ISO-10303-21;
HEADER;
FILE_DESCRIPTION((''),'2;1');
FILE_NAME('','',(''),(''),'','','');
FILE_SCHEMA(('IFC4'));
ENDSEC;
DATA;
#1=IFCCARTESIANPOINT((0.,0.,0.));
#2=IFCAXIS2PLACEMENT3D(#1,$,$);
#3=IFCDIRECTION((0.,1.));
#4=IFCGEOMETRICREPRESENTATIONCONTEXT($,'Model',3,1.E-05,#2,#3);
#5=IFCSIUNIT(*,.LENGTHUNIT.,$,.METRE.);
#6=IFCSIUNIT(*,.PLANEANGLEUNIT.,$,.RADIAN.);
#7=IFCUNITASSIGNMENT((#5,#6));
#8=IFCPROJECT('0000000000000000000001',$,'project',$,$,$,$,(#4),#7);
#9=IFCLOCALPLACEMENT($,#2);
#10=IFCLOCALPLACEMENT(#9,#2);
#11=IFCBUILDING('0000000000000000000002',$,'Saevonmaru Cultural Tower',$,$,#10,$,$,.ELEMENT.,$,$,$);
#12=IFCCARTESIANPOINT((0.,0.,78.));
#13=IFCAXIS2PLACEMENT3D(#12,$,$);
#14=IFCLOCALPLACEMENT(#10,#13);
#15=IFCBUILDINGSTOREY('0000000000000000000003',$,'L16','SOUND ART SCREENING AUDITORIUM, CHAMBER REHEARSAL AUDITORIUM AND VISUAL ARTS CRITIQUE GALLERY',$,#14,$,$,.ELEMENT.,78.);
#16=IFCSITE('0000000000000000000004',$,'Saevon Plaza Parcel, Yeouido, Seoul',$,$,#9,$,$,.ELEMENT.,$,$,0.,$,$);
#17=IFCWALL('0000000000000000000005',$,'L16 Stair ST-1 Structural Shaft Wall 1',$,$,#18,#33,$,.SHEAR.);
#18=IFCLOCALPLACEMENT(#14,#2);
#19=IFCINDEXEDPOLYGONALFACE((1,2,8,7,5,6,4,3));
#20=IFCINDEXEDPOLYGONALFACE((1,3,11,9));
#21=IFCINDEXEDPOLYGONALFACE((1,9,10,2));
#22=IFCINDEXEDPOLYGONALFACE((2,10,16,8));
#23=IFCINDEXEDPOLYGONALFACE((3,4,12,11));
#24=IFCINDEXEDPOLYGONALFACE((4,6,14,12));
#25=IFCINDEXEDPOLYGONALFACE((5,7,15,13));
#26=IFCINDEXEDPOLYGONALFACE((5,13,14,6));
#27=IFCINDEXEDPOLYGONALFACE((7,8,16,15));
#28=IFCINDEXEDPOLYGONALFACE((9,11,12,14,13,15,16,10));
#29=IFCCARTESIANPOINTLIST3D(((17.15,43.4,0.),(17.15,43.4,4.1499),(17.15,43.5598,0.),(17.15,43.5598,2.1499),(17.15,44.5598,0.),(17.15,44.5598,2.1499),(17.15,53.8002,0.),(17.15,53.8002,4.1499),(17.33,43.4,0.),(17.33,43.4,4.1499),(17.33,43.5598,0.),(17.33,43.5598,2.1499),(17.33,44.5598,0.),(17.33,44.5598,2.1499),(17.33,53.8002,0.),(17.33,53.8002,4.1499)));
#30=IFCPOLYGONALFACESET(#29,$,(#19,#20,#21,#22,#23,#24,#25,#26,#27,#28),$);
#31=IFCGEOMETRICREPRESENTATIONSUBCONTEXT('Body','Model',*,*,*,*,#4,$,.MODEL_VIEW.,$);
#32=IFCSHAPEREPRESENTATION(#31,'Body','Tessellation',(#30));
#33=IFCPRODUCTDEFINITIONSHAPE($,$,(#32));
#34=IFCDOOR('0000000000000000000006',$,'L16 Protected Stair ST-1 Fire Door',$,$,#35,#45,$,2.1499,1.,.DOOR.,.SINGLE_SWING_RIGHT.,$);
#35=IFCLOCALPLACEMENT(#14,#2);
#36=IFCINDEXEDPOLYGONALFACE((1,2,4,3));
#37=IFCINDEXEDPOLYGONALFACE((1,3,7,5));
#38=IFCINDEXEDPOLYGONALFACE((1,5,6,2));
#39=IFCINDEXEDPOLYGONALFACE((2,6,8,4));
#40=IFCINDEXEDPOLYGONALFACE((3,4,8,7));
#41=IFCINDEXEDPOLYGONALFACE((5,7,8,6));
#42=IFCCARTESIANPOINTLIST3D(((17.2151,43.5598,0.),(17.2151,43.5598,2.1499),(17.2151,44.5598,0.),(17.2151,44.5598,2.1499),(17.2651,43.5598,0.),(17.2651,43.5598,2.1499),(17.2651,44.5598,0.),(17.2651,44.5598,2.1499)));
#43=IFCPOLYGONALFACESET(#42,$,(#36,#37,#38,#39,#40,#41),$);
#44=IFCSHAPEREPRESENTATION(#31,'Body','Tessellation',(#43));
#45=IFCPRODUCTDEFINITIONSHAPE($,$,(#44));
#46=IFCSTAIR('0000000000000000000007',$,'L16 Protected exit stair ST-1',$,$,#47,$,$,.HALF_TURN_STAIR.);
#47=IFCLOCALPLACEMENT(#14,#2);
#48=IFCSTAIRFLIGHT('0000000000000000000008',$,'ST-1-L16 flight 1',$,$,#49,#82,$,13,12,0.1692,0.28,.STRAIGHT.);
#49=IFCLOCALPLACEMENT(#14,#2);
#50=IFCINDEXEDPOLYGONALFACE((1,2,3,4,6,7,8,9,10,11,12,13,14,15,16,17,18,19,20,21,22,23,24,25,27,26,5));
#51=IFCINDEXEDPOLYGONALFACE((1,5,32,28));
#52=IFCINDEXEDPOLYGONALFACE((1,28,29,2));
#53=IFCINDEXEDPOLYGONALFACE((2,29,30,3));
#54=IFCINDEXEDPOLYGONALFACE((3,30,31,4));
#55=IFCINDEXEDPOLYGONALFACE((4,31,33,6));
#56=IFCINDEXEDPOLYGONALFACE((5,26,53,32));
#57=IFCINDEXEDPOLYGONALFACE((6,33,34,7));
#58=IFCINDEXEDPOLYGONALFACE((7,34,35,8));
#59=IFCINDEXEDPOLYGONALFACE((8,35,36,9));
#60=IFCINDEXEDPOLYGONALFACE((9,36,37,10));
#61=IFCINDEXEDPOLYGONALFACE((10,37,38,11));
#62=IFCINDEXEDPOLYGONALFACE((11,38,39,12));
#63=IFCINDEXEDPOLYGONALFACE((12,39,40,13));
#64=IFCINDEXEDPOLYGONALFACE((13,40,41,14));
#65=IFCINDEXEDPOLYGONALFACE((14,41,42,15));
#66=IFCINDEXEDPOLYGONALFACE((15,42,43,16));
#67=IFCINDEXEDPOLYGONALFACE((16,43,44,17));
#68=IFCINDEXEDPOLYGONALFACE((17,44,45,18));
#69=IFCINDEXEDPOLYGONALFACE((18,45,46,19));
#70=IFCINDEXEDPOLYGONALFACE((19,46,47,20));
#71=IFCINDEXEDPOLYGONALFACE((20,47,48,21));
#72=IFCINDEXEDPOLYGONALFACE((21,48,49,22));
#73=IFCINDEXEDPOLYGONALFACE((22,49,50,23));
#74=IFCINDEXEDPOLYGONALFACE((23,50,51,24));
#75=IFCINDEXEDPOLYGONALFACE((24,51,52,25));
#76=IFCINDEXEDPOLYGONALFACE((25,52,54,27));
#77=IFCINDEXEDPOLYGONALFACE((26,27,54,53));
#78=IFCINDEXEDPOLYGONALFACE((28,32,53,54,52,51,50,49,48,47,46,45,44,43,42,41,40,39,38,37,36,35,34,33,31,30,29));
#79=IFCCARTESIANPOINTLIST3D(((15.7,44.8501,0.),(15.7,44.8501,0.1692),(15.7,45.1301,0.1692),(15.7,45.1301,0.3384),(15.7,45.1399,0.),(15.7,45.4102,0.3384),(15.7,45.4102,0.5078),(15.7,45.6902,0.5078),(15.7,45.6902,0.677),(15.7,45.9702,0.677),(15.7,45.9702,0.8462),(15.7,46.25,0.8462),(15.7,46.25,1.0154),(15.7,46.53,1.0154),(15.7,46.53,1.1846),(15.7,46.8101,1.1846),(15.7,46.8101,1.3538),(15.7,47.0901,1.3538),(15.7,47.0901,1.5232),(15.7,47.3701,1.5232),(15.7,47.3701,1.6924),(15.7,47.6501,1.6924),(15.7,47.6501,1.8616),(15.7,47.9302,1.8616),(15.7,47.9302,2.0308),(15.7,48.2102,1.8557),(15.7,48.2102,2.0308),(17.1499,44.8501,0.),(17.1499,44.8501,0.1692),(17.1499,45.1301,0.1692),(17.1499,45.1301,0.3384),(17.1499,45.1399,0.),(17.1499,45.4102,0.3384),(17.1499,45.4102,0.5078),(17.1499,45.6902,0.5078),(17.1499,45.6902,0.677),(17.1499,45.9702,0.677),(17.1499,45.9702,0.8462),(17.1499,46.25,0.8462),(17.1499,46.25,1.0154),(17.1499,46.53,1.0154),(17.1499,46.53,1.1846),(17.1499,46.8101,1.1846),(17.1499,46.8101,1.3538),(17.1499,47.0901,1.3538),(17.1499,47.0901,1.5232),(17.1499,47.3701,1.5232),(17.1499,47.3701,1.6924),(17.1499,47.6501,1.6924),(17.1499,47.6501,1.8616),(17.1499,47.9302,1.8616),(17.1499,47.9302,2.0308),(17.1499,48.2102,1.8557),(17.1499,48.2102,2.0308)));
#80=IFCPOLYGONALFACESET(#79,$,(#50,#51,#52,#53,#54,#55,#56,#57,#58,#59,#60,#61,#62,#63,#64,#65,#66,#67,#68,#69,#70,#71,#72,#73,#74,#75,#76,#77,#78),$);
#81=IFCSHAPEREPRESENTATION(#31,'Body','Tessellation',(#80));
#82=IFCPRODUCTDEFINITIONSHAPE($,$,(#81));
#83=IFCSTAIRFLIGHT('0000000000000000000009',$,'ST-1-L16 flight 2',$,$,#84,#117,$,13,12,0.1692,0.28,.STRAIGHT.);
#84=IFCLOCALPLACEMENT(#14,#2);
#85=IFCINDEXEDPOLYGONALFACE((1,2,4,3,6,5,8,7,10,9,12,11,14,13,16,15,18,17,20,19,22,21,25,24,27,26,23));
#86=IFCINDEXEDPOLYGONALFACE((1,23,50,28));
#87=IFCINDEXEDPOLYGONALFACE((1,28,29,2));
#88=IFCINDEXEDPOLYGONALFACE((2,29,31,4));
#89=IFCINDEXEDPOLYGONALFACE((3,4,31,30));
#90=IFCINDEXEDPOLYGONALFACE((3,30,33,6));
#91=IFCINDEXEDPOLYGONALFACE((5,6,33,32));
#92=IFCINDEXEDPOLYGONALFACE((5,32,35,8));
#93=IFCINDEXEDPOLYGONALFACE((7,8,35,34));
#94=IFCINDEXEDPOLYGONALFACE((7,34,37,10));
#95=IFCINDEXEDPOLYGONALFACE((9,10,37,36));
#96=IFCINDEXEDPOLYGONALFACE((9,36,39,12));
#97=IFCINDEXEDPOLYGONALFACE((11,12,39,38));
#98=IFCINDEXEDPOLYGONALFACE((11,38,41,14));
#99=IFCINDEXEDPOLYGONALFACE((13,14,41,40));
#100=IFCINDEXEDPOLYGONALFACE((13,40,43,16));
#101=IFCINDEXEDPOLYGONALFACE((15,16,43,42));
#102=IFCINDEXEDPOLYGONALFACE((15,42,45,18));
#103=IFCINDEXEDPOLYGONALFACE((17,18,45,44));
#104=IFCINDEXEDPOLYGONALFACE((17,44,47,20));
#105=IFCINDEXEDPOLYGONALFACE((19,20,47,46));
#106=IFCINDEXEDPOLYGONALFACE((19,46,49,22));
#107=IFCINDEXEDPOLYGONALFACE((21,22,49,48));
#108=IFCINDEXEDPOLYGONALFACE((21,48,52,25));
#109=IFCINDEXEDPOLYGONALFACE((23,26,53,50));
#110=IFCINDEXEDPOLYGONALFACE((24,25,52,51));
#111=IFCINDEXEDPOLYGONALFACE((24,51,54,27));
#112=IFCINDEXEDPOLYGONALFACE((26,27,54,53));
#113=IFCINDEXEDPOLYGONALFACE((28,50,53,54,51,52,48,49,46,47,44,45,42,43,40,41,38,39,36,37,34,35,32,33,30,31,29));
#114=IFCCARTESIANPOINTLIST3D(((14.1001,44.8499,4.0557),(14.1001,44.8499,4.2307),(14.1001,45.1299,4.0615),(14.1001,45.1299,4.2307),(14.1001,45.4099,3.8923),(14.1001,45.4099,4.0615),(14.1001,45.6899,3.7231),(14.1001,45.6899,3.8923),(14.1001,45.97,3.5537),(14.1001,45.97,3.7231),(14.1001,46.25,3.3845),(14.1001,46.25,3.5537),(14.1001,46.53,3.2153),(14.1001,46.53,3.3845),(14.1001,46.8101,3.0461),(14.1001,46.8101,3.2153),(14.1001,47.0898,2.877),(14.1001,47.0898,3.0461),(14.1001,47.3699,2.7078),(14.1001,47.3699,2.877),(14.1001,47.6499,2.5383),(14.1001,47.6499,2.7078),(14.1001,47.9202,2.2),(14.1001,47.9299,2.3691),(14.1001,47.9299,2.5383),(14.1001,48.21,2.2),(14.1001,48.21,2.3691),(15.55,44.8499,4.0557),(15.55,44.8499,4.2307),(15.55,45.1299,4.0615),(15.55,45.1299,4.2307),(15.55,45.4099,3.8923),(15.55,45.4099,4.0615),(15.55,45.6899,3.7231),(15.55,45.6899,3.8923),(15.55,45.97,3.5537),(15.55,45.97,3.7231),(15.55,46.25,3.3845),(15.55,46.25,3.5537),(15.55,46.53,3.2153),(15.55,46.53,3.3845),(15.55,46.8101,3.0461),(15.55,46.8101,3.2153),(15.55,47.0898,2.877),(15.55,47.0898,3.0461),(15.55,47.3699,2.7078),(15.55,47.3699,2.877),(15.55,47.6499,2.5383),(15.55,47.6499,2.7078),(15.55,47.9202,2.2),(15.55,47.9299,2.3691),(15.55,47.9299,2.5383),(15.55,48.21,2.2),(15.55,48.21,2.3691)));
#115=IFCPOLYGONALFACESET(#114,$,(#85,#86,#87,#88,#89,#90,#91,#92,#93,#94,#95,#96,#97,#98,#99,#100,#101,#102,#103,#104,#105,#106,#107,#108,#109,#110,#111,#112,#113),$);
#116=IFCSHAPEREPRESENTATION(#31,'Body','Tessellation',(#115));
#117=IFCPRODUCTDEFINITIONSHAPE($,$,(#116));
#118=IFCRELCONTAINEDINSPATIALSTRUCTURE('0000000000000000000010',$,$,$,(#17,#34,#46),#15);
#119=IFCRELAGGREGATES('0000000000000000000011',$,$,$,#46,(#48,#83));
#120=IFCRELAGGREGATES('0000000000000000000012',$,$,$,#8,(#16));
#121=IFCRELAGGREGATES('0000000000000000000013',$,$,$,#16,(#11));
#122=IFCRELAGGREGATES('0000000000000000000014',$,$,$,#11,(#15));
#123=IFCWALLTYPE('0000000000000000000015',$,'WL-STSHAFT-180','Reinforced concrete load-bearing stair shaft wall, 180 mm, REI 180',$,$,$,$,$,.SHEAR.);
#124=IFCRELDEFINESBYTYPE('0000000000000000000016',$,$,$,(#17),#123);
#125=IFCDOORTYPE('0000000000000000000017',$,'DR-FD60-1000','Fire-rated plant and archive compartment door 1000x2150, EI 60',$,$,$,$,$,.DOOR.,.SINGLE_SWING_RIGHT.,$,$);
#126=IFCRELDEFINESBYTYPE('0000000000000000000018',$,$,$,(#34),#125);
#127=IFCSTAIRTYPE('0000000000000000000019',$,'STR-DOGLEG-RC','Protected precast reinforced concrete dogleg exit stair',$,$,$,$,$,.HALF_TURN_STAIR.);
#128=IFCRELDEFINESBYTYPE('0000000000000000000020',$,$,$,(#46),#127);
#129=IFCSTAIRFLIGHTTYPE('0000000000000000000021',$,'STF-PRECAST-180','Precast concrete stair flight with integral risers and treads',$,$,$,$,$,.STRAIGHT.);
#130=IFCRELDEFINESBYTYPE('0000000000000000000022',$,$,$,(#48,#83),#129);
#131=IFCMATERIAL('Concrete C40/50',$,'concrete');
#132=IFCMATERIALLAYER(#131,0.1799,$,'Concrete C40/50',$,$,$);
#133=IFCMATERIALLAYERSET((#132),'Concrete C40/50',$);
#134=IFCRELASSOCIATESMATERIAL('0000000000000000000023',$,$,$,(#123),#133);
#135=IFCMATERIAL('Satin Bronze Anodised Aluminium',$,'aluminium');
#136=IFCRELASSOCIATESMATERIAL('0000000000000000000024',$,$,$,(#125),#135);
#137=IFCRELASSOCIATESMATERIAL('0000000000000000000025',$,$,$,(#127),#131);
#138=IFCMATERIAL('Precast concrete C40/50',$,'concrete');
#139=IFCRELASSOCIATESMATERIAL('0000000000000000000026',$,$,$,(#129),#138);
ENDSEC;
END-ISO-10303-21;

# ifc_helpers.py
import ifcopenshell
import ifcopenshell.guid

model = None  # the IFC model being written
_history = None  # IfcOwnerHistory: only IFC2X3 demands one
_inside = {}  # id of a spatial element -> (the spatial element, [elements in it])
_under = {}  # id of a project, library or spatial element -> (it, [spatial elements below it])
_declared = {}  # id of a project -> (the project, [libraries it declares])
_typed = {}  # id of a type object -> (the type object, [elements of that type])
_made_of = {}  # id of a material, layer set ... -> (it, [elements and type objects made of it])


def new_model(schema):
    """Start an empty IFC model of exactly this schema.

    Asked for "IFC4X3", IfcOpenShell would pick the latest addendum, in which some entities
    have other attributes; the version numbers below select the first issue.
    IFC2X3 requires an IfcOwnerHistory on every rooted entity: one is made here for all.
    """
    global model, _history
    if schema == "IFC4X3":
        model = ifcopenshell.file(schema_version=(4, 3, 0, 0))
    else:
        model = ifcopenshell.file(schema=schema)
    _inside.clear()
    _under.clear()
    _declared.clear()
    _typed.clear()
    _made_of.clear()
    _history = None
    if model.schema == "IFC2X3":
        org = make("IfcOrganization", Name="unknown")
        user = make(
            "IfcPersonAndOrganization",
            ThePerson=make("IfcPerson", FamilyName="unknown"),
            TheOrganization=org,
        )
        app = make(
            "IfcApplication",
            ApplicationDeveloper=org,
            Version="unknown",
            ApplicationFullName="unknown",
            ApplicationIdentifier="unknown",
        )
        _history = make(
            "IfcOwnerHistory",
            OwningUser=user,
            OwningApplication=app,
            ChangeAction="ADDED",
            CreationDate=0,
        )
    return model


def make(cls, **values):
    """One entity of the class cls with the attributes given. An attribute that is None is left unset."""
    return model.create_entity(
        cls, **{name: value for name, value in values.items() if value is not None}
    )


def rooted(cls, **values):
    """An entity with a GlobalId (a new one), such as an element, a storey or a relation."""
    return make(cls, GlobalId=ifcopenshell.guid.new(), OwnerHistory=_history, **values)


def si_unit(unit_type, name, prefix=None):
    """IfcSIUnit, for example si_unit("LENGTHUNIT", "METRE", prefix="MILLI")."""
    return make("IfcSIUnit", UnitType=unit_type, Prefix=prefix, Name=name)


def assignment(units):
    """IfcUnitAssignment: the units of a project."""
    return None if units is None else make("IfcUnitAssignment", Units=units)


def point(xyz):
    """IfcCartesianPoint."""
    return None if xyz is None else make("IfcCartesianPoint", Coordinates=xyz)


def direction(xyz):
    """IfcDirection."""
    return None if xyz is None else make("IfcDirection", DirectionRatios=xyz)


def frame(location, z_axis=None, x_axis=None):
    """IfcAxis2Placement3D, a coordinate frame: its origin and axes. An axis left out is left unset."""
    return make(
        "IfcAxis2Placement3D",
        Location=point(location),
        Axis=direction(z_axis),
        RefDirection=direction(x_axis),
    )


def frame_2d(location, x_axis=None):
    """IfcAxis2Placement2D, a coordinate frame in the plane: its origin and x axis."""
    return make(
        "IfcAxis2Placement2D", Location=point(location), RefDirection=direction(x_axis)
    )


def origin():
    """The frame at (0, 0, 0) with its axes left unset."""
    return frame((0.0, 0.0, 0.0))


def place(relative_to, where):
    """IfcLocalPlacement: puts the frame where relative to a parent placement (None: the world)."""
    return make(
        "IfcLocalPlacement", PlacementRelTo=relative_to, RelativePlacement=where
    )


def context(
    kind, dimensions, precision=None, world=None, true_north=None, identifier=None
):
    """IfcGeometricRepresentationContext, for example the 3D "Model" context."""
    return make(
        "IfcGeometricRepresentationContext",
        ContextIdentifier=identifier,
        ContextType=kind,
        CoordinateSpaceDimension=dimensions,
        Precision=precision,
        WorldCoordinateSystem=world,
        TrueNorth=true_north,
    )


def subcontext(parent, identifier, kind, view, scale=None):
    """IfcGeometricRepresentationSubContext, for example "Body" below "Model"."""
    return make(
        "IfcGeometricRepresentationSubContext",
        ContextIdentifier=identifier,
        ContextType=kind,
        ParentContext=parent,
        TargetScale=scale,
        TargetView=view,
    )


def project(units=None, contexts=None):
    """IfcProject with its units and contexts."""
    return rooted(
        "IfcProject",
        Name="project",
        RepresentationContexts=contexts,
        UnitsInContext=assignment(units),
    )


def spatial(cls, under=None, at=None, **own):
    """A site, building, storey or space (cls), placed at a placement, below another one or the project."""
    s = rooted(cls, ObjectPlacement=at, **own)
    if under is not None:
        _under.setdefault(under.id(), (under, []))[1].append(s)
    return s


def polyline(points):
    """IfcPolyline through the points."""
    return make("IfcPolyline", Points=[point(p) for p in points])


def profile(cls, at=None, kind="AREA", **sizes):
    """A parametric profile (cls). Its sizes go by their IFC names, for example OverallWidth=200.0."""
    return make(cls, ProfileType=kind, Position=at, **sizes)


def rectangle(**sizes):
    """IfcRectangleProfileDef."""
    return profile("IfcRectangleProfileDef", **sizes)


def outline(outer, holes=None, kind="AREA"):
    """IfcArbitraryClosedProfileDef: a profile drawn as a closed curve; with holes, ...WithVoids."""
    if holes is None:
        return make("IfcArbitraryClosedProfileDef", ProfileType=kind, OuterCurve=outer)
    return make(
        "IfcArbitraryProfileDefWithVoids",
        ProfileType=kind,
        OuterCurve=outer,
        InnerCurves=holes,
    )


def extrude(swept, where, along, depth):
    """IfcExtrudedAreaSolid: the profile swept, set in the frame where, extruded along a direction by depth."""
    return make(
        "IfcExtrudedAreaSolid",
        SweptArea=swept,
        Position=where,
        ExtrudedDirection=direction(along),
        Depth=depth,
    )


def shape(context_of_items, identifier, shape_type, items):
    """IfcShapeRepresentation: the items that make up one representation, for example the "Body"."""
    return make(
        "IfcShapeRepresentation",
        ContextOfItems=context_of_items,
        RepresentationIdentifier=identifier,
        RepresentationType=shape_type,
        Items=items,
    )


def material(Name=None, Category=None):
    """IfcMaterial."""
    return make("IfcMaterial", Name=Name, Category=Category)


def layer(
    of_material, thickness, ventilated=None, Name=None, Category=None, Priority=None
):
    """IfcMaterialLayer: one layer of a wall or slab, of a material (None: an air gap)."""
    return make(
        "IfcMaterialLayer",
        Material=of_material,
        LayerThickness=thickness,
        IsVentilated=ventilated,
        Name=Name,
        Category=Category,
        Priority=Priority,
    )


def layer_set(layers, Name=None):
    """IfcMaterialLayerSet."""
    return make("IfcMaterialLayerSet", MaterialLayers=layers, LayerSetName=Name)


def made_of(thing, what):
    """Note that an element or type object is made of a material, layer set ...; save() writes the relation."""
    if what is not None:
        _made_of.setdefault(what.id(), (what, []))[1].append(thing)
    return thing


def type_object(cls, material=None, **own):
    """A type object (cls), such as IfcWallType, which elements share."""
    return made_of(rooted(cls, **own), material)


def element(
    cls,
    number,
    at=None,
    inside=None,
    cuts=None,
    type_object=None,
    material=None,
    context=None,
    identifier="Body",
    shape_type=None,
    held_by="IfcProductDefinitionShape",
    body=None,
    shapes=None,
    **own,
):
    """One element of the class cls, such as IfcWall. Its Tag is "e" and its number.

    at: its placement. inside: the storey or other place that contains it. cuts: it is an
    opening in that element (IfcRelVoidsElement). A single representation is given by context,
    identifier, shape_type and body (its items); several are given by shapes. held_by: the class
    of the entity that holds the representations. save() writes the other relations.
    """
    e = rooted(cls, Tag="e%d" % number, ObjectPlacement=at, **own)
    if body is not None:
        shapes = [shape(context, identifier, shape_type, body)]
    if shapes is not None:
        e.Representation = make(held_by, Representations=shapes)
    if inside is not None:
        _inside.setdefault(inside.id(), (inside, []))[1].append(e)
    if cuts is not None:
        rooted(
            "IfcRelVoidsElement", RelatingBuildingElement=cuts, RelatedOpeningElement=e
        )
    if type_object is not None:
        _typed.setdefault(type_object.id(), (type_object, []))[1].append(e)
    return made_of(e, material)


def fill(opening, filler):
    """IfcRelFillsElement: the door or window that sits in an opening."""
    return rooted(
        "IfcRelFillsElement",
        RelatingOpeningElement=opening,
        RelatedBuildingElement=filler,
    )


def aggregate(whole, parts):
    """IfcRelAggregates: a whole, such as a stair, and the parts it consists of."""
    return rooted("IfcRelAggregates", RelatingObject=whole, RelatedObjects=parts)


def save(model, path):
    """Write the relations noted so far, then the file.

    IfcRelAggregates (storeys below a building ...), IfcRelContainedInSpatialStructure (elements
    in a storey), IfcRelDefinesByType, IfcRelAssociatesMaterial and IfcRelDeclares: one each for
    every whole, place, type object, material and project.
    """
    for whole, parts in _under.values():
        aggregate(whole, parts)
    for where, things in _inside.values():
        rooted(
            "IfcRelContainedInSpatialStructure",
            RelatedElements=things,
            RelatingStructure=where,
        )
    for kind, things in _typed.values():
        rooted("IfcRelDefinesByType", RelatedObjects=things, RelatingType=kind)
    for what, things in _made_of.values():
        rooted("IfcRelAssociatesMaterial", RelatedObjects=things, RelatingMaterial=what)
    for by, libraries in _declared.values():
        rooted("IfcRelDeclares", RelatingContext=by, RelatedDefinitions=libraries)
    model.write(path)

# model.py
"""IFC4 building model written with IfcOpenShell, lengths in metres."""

from ifc_helpers import new_model, si_unit, direction, frame, frame_2d, origin, place, context, subcontext, project, spatial, polyline, rectangle, outline, extrude, material, layer, layer_set, type_object, element, fill, aggregate, save


model = new_model("IFC4")

# Units and contexts
model_context = context("Model", 3, precision=1e-05, world=origin(), true_north=direction((0.0, 1.0)))
body_context = subcontext(model_context, "Body", "Model", "MODEL_VIEW")
ifc_project = project(units=[si_unit("LENGTHUNIT", "METRE"), si_unit("PLANEANGLEUNIT", "RADIAN")], contexts=[model_context])

# Site, building, storey
site_placement = place(None, origin())
site = spatial("IfcSite", under=ifc_project, at=site_placement, Name="Saevon Plaza Parcel, Yeouido, Seoul", CompositionType="ELEMENT", RefElevation=0.0)
building_placement = place(site_placement, origin())
building = spatial("IfcBuilding", under=site, at=building_placement, Name="Saevonmaru Cultural Tower", CompositionType="ELEMENT")
storey_placement = place(building_placement, frame((0.0, 0.0, 78.0)))
storey = spatial("IfcBuildingStorey", under=building, at=storey_placement, Name="L16", Description="SOUND ART SCREENING AUDITORIUM, CHAMBER REHEARSAL AUDITORIUM AND VISUAL ARTS CRITIQUE GALLERY", CompositionType="ELEMENT", Elevation=78.0)

# Shared definitions
ifc_material_1 = material(Name="Satin Bronze Anodised Aluminium", Category="aluminium")

# Wall, opening, door
ifc_material_2 = material(Name="Concrete C40/50", Category="concrete")
ifc_layer_1 = layer(ifc_material_2, 0.1799, Name="Concrete C40/50")
ifc_layer_set_1 = layer_set([ifc_layer_1], Name="Concrete C40/50")
wall_type_1 = type_object("IfcWallType", Name="WL-STSHAFT-180", Description="Reinforced concrete load-bearing stair shaft wall, 180 mm, REI 180", PredefinedType="SHEAR", material=ifc_layer_set_1)
wall_1_placement = place(storey_placement, frame((17.24, 43.3999, 0.0), z_axis=(0.0, 0.0, 1.0), x_axis=(0.0, 1.0, 0.0)))
wall_1 = element("IfcWall", 1, at=wall_1_placement, inside=storey, type_object=wall_type_1, Name="L16 Stair ST-1 Structural Shaft Wall 1", PredefinedType="SHEAR", context=body_context, shape_type="SweptSolid", body=[
    extrude(rectangle(XDim=10.4001, YDim=0.1799, at=frame_2d((5.2002, 0.0))), origin(), (0.0, 0.0, 1.0), 4.1499),
])
opening_1_placement = place(wall_1_placement, frame((0.1599, 0.0, 0.0)))
opening_1 = element("IfcOpeningElement", 2, at=opening_1_placement, cuts=wall_1, PredefinedType="OPENING", context=body_context, shape_type="SweptSolid", body=[
    extrude(rectangle(XDim=1.0, YDim=2.1499, at=frame_2d((0.5, 1.075))), frame((0.0, 0.1001, 0.0), z_axis=(0.0, -1.0, 0.0), x_axis=(1.0, 0.0, 0.0)), (0.0, 0.0, 1.0), 0.2),
])
door_type_1 = type_object("IfcDoorType", Name="DR-FD60-1000", Description="Fire-rated plant and archive compartment door 1000x2150, EI 60", OperationType="SINGLE_SWING_RIGHT", PredefinedType="DOOR", material=ifc_material_1)
door_1_placement = place(opening_1_placement, origin())
door_1 = element("IfcDoor", 3, at=door_1_placement, inside=storey, type_object=door_type_1, Name="L16 Protected Stair ST-1 Fire Door", OperationType="SINGLE_SWING_RIGHT", OverallHeight=2.1499, OverallWidth=1.0, PredefinedType="DOOR", context=body_context, shape_type="SweptSolid", body=[
    extrude(rectangle(XDim=1.0, YDim=2.1499, at=frame_2d((0.5, 1.075))), frame((0.0, 0.0249, 0.0), z_axis=(0.0, -1.0, 0.0), x_axis=(1.0, 0.0, 0.0)), (0.0, 0.0, 1.0), 0.05),
])
fill(opening_1, door_1)

# Stair, stair flights
stair_type = type_object("IfcStairType", Name="STR-DOGLEG-RC", Description="Protected precast reinforced concrete dogleg exit stair", PredefinedType="HALF_TURN_STAIR", material=ifc_material_2)
stair_placement = place(storey_placement, origin())
stair = element("IfcStair", 4, at=stair_placement, inside=storey, type_object=stair_type, Name="L16 Protected exit stair ST-1", PredefinedType="HALF_TURN_STAIR")
ifc_material_3 = material(Name="Precast concrete C40/50", Category="concrete")
stair_flight_type = type_object("IfcStairFlightType", Name="STF-PRECAST-180", Description="Precast concrete stair flight with integral risers and treads", PredefinedType="STRAIGHT", material=ifc_material_3)
stair_flight_1_placement = place(storey_placement, frame((16.425, 44.8501, 0.0), z_axis=(0.0, 0.0, 1.0), x_axis=(0.0, 1.0, 0.0)))
stair_flight_1 = element("IfcStairFlight", 5, at=stair_flight_1_placement, type_object=stair_flight_type, Name="ST-1-L16 flight 1", NumberOfRisers=13, NumberOfTreads=12, PredefinedType="STRAIGHT", RiserHeight=0.1692, TreadLength=0.28, context=body_context, shape_type="SweptSolid", body=[
    extrude(outline(polyline([(0.0, 0.0), (0.0, 0.1692), (0.28, 0.1692), (0.28, 0.3384), (0.5601, 0.3384), (0.5601, 0.5078), (0.8401, 0.5078), (0.8401, 0.677), (1.1201, 0.677), (1.1201, 0.8462), (1.3999, 0.8462), (1.3999, 1.0154), (1.6799, 1.0154), (1.6799, 1.1846), (1.96, 1.1846), (1.96, 1.3538), (2.24, 1.3538), (2.24, 1.5232), (2.52, 1.5232), (2.52, 1.6924), (2.8, 1.6924), (2.8, 1.8616), (3.0801, 1.8616), (3.0801, 2.0308), (3.3601, 2.0308), (3.3601, 2.2), (3.3601, 1.8557), (0.2898, 0.0), (0.0, 0.0)])), frame((0.0, 0.7251, 0.0), z_axis=(0.0, -1.0, 0.0), x_axis=(1.0, 0.0, 0.0)), (0.0, 0.0, 1.0), 1.45),
])
stair_flight_2_placement = place(storey_placement, frame((14.825, 48.21, 2.2), z_axis=(0.0, 0.0, 1.0), x_axis=(0.0, -1.0, 0.0)))
stair_flight_2 = element("IfcStairFlight", 6, at=stair_flight_2_placement, type_object=stair_flight_type, Name="ST-1-L16 flight 2", NumberOfRisers=13, NumberOfTreads=12, PredefinedType="STRAIGHT", RiserHeight=0.1692, TreadLength=0.28, context=body_context, shape_type="SweptSolid", body=[
    extrude(outline(polyline([(0.0, 0.0), (0.0, 0.1692), (0.28, 0.1692), (0.28, 0.3384), (0.5601, 0.3384), (0.5601, 0.5078), (0.8401, 0.5078), (0.8401, 0.677), (1.1201, 0.677), (1.1201, 0.8462), (1.3999, 0.8462), (1.3999, 1.0154), (1.6799, 1.0154), (1.6799, 1.1846), (1.96, 1.1846), (1.96, 1.3538), (2.24, 1.3538), (2.24, 1.5232), (2.52, 1.5232), (2.52, 1.6924), (2.8, 1.6924), (2.8, 1.8616), (3.0801, 1.8616), (3.0801, 2.0308), (3.3601, 2.0308), (3.3601, 2.2), (3.3601, 1.8557), (0.2898, 0.0), (0.0, 0.0)])), frame((0.0, 0.7251, 0.0), z_axis=(0.0, -1.0, 0.0), x_axis=(1.0, 0.0, 0.0)), (0.0, 0.0, 1.0), 1.45),
])
aggregate(stair, [stair_flight_1, stair_flight_2])

save(model, "model.ifc")
